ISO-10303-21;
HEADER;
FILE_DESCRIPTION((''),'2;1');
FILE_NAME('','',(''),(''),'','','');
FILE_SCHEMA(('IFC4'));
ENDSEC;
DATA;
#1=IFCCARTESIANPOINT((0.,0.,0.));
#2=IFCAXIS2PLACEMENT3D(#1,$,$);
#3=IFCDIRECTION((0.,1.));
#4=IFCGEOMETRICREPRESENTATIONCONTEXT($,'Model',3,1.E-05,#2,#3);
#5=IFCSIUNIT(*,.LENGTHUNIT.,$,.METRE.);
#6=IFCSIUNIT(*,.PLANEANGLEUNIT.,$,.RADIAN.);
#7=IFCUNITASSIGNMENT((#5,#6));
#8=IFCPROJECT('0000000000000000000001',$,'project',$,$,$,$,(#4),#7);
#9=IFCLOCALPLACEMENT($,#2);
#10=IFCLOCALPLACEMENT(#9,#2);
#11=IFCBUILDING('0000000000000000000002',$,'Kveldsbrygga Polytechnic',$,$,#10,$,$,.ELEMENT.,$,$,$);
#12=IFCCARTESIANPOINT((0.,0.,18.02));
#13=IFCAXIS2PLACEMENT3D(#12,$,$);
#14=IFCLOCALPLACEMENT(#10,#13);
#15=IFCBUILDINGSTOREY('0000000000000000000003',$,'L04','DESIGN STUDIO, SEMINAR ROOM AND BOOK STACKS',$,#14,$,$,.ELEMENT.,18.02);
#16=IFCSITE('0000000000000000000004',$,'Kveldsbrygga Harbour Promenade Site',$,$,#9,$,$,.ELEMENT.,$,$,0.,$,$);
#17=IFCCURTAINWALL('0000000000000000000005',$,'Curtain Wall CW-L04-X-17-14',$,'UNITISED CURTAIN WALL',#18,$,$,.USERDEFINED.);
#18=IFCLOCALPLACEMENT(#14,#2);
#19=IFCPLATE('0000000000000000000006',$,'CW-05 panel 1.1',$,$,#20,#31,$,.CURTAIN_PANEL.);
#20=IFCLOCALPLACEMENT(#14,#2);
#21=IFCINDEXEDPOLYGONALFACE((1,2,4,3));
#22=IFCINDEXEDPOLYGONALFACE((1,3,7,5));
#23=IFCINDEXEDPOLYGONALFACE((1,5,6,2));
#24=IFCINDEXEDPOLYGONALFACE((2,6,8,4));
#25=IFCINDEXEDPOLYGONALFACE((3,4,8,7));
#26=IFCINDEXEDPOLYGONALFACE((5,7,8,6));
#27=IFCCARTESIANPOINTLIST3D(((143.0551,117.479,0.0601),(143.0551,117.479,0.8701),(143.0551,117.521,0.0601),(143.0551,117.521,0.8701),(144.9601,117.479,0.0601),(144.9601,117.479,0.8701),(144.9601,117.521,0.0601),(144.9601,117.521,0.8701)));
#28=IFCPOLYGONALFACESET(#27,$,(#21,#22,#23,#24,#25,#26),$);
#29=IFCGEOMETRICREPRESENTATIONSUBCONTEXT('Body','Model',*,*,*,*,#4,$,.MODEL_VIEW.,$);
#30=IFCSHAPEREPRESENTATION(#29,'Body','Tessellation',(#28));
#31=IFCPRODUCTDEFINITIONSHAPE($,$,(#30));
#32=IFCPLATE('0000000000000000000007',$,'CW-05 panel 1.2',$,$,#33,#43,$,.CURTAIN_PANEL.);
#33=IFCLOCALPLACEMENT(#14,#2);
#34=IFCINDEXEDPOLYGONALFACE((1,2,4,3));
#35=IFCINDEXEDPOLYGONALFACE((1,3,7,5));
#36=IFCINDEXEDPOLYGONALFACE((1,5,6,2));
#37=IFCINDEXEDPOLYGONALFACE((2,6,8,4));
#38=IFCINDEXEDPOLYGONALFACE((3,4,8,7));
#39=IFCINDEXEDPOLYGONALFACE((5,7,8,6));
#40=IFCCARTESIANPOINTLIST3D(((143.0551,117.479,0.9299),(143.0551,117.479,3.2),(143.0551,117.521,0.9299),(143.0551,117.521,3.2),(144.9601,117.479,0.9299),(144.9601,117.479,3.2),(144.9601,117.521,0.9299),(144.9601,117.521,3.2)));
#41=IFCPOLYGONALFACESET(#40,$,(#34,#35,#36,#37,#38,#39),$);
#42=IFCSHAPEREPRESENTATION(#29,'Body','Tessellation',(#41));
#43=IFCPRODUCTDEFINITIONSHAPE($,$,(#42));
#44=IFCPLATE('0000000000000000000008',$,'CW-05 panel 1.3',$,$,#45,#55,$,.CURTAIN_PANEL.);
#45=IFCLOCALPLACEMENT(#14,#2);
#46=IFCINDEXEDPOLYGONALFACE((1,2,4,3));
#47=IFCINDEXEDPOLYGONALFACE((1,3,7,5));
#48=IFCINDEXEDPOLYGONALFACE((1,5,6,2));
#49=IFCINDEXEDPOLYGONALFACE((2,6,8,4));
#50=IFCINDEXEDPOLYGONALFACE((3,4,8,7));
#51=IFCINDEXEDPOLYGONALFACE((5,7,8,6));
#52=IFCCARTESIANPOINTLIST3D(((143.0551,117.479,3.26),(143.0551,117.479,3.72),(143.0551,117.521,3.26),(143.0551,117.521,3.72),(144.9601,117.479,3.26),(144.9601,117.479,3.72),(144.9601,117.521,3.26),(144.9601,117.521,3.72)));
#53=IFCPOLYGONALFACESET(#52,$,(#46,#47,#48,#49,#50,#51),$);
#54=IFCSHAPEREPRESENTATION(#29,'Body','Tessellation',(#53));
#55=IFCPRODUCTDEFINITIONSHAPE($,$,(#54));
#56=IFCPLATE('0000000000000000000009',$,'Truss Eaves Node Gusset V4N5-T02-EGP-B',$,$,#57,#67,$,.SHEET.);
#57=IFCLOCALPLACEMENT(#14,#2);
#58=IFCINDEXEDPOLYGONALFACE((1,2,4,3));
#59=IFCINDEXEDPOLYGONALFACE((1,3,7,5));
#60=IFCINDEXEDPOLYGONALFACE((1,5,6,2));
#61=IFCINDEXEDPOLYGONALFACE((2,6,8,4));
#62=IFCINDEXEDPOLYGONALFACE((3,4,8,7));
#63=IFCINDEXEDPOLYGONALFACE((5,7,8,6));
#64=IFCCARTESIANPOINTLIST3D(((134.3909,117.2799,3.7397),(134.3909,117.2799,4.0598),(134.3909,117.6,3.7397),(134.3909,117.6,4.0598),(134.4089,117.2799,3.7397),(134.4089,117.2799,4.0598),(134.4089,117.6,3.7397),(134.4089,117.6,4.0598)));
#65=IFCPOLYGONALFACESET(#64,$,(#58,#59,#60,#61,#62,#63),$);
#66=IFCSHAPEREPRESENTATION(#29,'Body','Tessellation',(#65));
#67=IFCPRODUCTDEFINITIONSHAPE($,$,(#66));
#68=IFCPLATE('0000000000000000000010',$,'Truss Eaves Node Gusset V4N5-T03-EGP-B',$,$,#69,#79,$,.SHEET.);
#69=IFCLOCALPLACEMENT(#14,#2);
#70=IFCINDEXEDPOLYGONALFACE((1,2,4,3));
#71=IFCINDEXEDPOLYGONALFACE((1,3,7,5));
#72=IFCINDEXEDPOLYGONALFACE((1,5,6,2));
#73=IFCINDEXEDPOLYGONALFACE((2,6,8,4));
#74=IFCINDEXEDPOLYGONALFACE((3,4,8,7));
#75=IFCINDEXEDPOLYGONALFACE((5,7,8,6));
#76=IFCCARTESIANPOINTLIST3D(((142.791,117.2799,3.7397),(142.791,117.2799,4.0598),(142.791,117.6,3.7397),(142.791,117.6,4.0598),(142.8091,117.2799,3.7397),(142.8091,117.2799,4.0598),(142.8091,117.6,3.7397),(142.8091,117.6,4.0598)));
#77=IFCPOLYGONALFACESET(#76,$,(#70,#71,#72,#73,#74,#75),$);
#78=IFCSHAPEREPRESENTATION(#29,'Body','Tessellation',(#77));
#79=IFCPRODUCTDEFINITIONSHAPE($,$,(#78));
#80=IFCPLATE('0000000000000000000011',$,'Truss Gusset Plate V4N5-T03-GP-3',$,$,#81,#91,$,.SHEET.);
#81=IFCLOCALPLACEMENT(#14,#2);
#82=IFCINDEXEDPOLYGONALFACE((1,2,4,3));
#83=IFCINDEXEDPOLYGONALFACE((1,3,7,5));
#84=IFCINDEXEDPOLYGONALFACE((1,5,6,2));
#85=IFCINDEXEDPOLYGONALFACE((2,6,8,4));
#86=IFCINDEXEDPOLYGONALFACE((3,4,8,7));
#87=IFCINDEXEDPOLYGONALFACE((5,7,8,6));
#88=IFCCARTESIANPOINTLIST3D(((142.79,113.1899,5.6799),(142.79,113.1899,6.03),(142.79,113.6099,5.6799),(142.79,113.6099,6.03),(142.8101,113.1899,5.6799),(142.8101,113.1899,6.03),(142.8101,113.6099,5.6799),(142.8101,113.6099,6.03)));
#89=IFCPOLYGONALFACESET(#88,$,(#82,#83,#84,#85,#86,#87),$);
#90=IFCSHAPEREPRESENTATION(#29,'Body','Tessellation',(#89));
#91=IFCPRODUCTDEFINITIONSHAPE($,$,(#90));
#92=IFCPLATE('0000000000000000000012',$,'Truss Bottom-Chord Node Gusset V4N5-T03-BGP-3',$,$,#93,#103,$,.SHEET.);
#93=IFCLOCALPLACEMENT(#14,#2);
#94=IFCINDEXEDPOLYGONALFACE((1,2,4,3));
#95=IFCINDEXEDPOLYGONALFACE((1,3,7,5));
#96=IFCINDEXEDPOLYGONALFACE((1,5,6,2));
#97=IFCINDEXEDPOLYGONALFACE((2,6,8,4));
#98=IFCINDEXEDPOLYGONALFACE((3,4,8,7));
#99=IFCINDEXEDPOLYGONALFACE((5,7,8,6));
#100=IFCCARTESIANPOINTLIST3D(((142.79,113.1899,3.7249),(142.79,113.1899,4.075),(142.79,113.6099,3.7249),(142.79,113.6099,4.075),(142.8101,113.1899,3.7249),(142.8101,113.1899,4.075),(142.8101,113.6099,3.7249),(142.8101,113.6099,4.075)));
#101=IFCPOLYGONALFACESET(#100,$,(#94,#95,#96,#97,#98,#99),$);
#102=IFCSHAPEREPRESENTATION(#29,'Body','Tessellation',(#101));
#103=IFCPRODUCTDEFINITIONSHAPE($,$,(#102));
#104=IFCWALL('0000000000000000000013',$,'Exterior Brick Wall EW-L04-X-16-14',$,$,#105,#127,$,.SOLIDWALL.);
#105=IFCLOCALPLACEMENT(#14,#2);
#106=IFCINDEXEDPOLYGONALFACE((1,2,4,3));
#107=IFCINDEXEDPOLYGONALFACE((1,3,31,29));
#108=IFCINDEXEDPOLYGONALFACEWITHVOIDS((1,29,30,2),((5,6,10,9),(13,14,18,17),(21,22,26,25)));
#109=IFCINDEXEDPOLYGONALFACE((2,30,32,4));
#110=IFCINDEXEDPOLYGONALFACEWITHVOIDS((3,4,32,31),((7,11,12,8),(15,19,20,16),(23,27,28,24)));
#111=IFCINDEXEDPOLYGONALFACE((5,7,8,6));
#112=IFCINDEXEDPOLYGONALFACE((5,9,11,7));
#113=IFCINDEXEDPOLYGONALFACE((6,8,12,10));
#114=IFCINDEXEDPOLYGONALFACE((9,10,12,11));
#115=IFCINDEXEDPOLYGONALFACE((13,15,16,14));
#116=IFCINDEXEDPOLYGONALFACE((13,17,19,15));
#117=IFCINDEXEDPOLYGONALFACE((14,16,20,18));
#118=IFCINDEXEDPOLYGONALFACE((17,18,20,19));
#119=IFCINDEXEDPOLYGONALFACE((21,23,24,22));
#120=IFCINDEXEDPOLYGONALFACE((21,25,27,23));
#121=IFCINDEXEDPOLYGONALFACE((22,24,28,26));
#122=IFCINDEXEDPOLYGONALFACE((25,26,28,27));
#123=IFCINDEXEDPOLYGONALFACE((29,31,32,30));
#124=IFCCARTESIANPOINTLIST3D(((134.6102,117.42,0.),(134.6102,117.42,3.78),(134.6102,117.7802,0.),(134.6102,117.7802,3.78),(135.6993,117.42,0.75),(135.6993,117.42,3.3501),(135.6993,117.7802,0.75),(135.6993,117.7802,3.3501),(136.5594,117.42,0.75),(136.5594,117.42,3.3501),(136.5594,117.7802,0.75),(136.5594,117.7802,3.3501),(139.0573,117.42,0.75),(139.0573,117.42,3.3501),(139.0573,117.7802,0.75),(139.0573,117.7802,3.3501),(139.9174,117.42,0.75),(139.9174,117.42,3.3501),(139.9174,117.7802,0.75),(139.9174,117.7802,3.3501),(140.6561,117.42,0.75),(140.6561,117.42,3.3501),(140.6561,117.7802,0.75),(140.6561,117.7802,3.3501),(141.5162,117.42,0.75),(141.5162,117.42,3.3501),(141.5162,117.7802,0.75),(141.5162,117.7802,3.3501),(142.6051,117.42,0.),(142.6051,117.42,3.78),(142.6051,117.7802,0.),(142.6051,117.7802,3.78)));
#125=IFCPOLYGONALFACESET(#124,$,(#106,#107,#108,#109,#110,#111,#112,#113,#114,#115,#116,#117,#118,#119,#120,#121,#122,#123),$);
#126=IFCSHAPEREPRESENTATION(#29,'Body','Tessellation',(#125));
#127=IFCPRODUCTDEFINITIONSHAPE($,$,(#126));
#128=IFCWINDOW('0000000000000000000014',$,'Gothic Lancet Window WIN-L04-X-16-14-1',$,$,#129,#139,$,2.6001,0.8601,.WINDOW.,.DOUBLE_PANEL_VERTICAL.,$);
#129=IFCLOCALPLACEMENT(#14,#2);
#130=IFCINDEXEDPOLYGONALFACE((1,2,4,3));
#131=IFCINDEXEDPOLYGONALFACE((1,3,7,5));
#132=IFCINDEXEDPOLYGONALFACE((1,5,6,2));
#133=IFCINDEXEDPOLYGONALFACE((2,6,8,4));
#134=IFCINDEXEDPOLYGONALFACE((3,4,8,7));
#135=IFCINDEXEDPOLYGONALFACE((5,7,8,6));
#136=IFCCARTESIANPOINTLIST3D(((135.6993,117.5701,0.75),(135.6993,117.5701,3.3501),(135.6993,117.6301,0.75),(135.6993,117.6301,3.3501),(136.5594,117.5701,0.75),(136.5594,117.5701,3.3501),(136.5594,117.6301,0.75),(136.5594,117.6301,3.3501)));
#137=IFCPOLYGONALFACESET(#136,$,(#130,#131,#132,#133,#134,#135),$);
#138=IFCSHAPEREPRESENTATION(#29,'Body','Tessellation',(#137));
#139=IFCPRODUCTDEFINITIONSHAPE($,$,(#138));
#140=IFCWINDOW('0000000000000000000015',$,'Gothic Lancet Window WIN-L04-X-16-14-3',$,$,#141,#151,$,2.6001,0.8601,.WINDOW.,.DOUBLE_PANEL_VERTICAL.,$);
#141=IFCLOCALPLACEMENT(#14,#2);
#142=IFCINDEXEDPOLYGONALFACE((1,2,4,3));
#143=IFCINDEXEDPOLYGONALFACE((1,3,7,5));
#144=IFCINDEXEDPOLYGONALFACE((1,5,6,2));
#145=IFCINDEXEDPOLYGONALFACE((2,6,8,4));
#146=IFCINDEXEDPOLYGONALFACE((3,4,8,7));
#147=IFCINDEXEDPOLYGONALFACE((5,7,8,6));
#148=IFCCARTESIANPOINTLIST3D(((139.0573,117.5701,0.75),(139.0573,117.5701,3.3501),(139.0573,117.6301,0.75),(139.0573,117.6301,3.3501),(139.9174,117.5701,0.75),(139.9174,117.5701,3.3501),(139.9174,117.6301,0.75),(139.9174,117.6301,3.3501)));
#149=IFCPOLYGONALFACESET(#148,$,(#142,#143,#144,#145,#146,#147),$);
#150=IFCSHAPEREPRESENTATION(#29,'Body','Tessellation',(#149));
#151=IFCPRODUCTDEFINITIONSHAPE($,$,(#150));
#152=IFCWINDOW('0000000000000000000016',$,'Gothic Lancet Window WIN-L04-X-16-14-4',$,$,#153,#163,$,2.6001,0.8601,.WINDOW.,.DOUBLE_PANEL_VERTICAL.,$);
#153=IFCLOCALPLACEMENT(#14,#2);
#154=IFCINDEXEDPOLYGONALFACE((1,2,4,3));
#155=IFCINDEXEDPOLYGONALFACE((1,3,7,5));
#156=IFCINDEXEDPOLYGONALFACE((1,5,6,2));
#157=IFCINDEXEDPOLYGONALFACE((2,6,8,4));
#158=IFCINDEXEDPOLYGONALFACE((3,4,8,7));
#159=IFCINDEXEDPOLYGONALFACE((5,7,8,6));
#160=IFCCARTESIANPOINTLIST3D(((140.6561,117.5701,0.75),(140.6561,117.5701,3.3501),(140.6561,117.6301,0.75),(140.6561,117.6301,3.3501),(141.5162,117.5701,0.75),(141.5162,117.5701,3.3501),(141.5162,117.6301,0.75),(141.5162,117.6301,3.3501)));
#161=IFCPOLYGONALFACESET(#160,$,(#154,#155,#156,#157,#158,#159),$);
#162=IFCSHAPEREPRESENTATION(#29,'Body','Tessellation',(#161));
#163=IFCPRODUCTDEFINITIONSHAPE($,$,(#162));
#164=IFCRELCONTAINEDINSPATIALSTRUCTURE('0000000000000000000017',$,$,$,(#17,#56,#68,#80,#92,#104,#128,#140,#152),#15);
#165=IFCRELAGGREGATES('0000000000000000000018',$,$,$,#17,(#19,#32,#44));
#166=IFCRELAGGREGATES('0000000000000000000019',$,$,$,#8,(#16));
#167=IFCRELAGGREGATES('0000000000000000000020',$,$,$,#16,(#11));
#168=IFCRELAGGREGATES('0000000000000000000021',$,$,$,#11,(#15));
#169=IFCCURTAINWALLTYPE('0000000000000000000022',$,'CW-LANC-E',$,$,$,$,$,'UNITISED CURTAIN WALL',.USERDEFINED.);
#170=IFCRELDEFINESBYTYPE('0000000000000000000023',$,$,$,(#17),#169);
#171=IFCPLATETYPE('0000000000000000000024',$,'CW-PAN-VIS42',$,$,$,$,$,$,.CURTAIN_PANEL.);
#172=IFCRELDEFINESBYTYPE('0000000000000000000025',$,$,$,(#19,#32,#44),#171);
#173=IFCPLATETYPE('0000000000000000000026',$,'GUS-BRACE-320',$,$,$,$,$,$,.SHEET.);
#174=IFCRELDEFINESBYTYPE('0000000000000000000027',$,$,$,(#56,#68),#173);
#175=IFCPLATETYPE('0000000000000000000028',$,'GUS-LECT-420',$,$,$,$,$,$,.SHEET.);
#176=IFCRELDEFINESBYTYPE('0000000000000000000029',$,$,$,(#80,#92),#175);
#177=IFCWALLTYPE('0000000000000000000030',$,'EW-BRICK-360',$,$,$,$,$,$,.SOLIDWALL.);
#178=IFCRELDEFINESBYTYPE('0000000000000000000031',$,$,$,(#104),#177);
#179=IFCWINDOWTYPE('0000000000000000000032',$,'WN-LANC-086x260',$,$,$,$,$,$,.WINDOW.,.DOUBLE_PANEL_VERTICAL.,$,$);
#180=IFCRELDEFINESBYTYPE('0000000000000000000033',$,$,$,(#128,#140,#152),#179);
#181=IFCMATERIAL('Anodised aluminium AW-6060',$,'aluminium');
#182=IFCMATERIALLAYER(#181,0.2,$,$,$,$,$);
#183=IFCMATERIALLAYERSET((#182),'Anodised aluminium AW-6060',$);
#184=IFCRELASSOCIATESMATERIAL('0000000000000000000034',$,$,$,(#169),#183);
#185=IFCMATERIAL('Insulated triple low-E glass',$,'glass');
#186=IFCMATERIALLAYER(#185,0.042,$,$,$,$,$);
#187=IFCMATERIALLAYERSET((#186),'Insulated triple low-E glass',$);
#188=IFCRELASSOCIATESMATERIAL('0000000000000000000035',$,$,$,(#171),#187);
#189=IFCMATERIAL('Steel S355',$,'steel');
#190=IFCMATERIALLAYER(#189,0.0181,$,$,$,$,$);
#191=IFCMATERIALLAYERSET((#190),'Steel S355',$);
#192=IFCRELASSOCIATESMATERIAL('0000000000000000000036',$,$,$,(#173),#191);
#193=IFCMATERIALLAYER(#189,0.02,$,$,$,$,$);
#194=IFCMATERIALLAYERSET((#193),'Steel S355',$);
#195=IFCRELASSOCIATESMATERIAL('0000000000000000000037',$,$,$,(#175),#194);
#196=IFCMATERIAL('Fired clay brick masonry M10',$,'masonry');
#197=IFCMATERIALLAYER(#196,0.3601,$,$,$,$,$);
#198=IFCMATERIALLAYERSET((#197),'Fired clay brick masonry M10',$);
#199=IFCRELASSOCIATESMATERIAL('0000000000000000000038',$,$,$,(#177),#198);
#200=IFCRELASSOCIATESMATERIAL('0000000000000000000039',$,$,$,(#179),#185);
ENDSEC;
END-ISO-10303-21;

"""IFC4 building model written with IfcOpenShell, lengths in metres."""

from ifc_helpers import new_model, si_unit, direction, frame, frame_2d, origin, origin_2d, place, context, subcontext, project, spatial, rectangle, extrude, material, layer, layer_set, type_object, element, fill, aggregate, save


model = new_model("IFC4")

# Units and contexts
model_context = context("Model", 3, precision=1e-05, world=origin(), true_north=direction((0.0, 1.0)))
body_context = subcontext(model_context, "Body", "Model", "MODEL_VIEW")
ifc_project = project(units=[si_unit("LENGTHUNIT", "METRE"), si_unit("PLANEANGLEUNIT", "RADIAN")], contexts=[model_context])

# Site, building, storey
site_placement = place(None, origin())
site = spatial("IfcSite", under=ifc_project, at=site_placement, Name="Kveldsbrygga Harbour Promenade Site", CompositionType="ELEMENT", RefElevation=0.0)
building_placement = place(site_placement, origin())
building = spatial("IfcBuilding", under=site, at=building_placement, Name="Kveldsbrygga Polytechnic", CompositionType="ELEMENT")
storey_placement = place(building_placement, frame((0.0, 0.0, 18.02)))
storey = spatial("IfcBuildingStorey", under=building, at=storey_placement, Name="L04", Description="DESIGN STUDIO, SEMINAR ROOM AND BOOK STACKS", CompositionType="ELEMENT", Elevation=18.02)

# Curtain wall
ifc_material_1 = material(Name="Anodised aluminium AW-6060", Category="aluminium")
ifc_layer_1 = layer(ifc_material_1, 0.2)
ifc_layer_set_1 = layer_set([ifc_layer_1], Name="Anodised aluminium AW-6060")
curtain_wall_type = type_object("IfcCurtainWallType", Name="CW-LANC-E", ElementType="UNITISED CURTAIN WALL", PredefinedType="USERDEFINED", material=ifc_layer_set_1)
curtain_wall_placement = place(storey_placement, origin())
curtain_wall = element("IfcCurtainWall", 1, at=curtain_wall_placement, inside=storey, type_object=curtain_wall_type, Name="Curtain Wall CW-L04-X-17-14", ObjectType="UNITISED CURTAIN WALL", PredefinedType="USERDEFINED")

# Shared definitions
ifc_material_2 = material(Name="Steel S355", Category="steel")

# Plates
ifc_material_3 = material(Name="Insulated triple low-E glass", Category="glass")
ifc_layer_2 = layer(ifc_material_3, 0.042)
ifc_layer_set_2 = layer_set([ifc_layer_2], Name="Insulated triple low-E glass")
plate_type_1 = type_object("IfcPlateType", Name="CW-PAN-VIS42", PredefinedType="CURTAIN_PANEL", material=ifc_layer_set_2)
plate_1_placement = place(storey_placement, frame((144.0076, 117.5, 0.0601), z_axis=(0.0, 0.0, 1.0), x_axis=(1.0, 0.0, 0.0)))
plate_1 = element("IfcPlate", 2, at=plate_1_placement, type_object=plate_type_1, Name="CW-05 panel 1.1", PredefinedType="CURTAIN_PANEL", context=body_context, shape_type="SweptSolid", body=[
    extrude(rectangle(XDim=1.905, YDim=0.042, at=origin_2d()), origin(), (0.0, 0.0, 1.0), 0.8101),
])
plate_2_placement = place(storey_placement, frame((144.0076, 117.5, 0.9299), z_axis=(0.0, 0.0, 1.0), x_axis=(1.0, 0.0, 0.0)))
plate_2 = element("IfcPlate", 3, at=plate_2_placement, type_object=plate_type_1, Name="CW-05 panel 1.2", PredefinedType="CURTAIN_PANEL", context=body_context, shape_type="SweptSolid", body=[
    extrude(rectangle(XDim=1.905, YDim=0.042, at=origin_2d()), origin(), (0.0, 0.0, 1.0), 2.27),
])
plate_3_placement = place(storey_placement, frame((144.0076, 117.5, 3.26), z_axis=(0.0, 0.0, 1.0), x_axis=(1.0, 0.0, 0.0)))
plate_3 = element("IfcPlate", 4, at=plate_3_placement, type_object=plate_type_1, Name="CW-05 panel 1.3", PredefinedType="CURTAIN_PANEL", context=body_context, shape_type="SweptSolid", body=[
    extrude(rectangle(XDim=1.905, YDim=0.042, at=origin_2d()), origin(), (0.0, 0.0, 1.0), 0.46),
])
aggregate(curtain_wall, [plate_1, plate_2, plate_3])

# Plates
ifc_layer_3 = layer(ifc_material_2, 0.0181)
ifc_layer_set_3 = layer_set([ifc_layer_3], Name="Steel S355")
plate_type_2 = type_object("IfcPlateType", Name="GUS-BRACE-320", PredefinedType="SHEET", material=ifc_layer_set_3)
for number, where, z_axis, x_axis, name in (
    (5, (134.3999, 117.4399, 3.7397), (0.0, 0.0, 1.0), (1.0, 0.0, 0.0), "Truss Eaves Node Gusset V4N5-T02-EGP-B"),
    (6, (142.8, 117.4399, 3.7397), (0.0, 0.0, 1.0), (1.0, 0.0, 0.0), "Truss Eaves Node Gusset V4N5-T03-EGP-B"),
):
    element("IfcPlate", number, at=place(storey_placement, frame(where, z_axis=z_axis, x_axis=x_axis)), inside=storey, type_object=plate_type_2, Name=name, PredefinedType="SHEET", context=body_context, shape_type="SweptSolid", body=[
        extrude(rectangle(XDim=0.0181, YDim=0.3201, at=origin_2d()), origin(), (0.0, 0.0, 1.0), 0.3201),
    ])
ifc_layer_4 = layer(ifc_material_2, 0.02)
ifc_layer_set_4 = layer_set([ifc_layer_4], Name="Steel S355")
plate_type_3 = type_object("IfcPlateType", Name="GUS-LECT-420", PredefinedType="SHEET", material=ifc_layer_set_4)
for number, where, z_axis, x_axis, name in (
    (7, (142.8, 113.3999, 5.6799), (0.0, 0.0, 1.0), (1.0, 0.0, 0.0), "Truss Gusset Plate V4N5-T03-GP-3"),
    (8, (142.8, 113.3999, 3.7249), (0.0, 0.0, 1.0), (1.0, 0.0, 0.0), "Truss Bottom-Chord Node Gusset V4N5-T03-BGP-3"),
):
    element("IfcPlate", number, at=place(storey_placement, frame(where, z_axis=z_axis, x_axis=x_axis)), inside=storey, type_object=plate_type_3, Name=name, PredefinedType="SHEET", context=body_context, shape_type="SweptSolid", body=[
        extrude(rectangle(XDim=0.02, YDim=0.4199, at=origin_2d()), origin(), (0.0, 0.0, 1.0), 0.3501),
    ])

# Wall, openings, windows
ifc_material_4 = material(Name="Fired clay brick masonry M10", Category="masonry")
ifc_layer_5 = layer(ifc_material_4, 0.3601)
ifc_layer_set_5 = layer_set([ifc_layer_5], Name="Fired clay brick masonry M10")
wall_type = type_object("IfcWallType", Name="EW-BRICK-360", PredefinedType="SOLIDWALL", material=ifc_layer_set_5)
wall_placement = place(storey_placement, frame((134.6101, 117.6001, 0.0), z_axis=(0.0, 0.0, 1.0), x_axis=(1.0, 0.0, 0.0)))
wall = element("IfcWall", 9, at=wall_placement, inside=storey, type_object=wall_type, Name="Exterior Brick Wall EW-L04-X-16-14", PredefinedType="SOLIDWALL", context=body_context, shape_type="SweptSolid", body=[
    extrude(rectangle(XDim=7.9949, YDim=0.3601, at=frame_2d((3.9976, 0.0))), origin(), (0.0, 0.0, 1.0), 3.78),
])
opening_1_placement = place(wall_placement, frame((1.0891, 0.0, 0.75)))
opening_1 = element("IfcOpeningElement", 10, at=opening_1_placement, cuts=wall, PredefinedType="OPENING", context=body_context, shape_type="SweptSolid", body=[
    extrude(rectangle(XDim=0.8601, YDim=2.6001, at=frame_2d((0.4302, 1.3))), frame((0.0, 0.1899, 0.0), z_axis=(0.0, -1.0, 0.0), x_axis=(1.0, 0.0, 0.0)), (0.0, 0.0, 1.0), 0.3801),
])
opening_2_placement = place(wall_placement, frame((4.447, 0.0, 0.75)))
opening_2 = element("IfcOpeningElement", 11, at=opening_2_placement, cuts=wall, PredefinedType="OPENING", context=body_context, shape_type="SweptSolid", body=[
    extrude(rectangle(XDim=0.8601, YDim=2.6001, at=frame_2d((0.4302, 1.3))), frame((0.0, 0.1899, 0.0), z_axis=(0.0, -1.0, 0.0), x_axis=(1.0, 0.0, 0.0)), (0.0, 0.0, 1.0), 0.3801),
])
opening_3_placement = place(wall_placement, frame((6.0459, 0.0, 0.75)))
opening_3 = element("IfcOpeningElement", 12, at=opening_3_placement, cuts=wall, PredefinedType="OPENING", context=body_context, shape_type="SweptSolid", body=[
    extrude(rectangle(XDim=0.8601, YDim=2.6001, at=frame_2d((0.4302, 1.3))), frame((0.0, 0.1899, 0.0), z_axis=(0.0, -1.0, 0.0), x_axis=(1.0, 0.0, 0.0)), (0.0, 0.0, 1.0), 0.3801),
])
window_type = type_object("IfcWindowType", Name="WN-LANC-086x260", PartitioningType="DOUBLE_PANEL_VERTICAL", PredefinedType="WINDOW", material=ifc_material_3)
window_1_placement = place(opening_1_placement, origin())
window_1 = element("IfcWindow", 13, at=window_1_placement, inside=storey, type_object=window_type, Name="Gothic Lancet Window WIN-L04-X-16-14-1", OverallHeight=2.6001, OverallWidth=0.8601, PartitioningType="DOUBLE_PANEL_VERTICAL", PredefinedType="WINDOW", context=body_context, shape_type="SweptSolid", body=[
    extrude(rectangle(XDim=0.8601, YDim=2.6001, at=frame_2d((0.4302, 1.3))), frame((0.0, 0.03, 0.0), z_axis=(0.0, -1.0, 0.0), x_axis=(1.0, 0.0, 0.0)), (0.0, 0.0, 1.0), 0.0601),
])
fill(opening_1, window_1)
window_2_placement = place(opening_2_placement, origin())
window_2 = element("IfcWindow", 14, at=window_2_placement, inside=storey, type_object=window_type, Name="Gothic Lancet Window WIN-L04-X-16-14-3", OverallHeight=2.6001, OverallWidth=0.8601, PartitioningType="DOUBLE_PANEL_VERTICAL", PredefinedType="WINDOW", context=body_context, shape_type="SweptSolid", body=[
    extrude(rectangle(XDim=0.8601, YDim=2.6001, at=frame_2d((0.4302, 1.3))), frame((0.0, 0.03, 0.0), z_axis=(0.0, -1.0, 0.0), x_axis=(1.0, 0.0, 0.0)), (0.0, 0.0, 1.0), 0.0601),
])
fill(opening_2, window_2)
window_3_placement = place(opening_3_placement, origin())
window_3 = element("IfcWindow", 15, at=window_3_placement, inside=storey, type_object=window_type, Name="Gothic Lancet Window WIN-L04-X-16-14-4", OverallHeight=2.6001, OverallWidth=0.8601, PartitioningType="DOUBLE_PANEL_VERTICAL", PredefinedType="WINDOW", context=body_context, shape_type="SweptSolid", body=[
    extrude(rectangle(XDim=0.8601, YDim=2.6001, at=frame_2d((0.4302, 1.3))), frame((0.0, 0.03, 0.0), z_axis=(0.0, -1.0, 0.0), x_axis=(1.0, 0.0, 0.0)), (0.0, 0.0, 1.0), 0.0601),
])
fill(opening_3, window_3)

save(model, "model.ifc")
